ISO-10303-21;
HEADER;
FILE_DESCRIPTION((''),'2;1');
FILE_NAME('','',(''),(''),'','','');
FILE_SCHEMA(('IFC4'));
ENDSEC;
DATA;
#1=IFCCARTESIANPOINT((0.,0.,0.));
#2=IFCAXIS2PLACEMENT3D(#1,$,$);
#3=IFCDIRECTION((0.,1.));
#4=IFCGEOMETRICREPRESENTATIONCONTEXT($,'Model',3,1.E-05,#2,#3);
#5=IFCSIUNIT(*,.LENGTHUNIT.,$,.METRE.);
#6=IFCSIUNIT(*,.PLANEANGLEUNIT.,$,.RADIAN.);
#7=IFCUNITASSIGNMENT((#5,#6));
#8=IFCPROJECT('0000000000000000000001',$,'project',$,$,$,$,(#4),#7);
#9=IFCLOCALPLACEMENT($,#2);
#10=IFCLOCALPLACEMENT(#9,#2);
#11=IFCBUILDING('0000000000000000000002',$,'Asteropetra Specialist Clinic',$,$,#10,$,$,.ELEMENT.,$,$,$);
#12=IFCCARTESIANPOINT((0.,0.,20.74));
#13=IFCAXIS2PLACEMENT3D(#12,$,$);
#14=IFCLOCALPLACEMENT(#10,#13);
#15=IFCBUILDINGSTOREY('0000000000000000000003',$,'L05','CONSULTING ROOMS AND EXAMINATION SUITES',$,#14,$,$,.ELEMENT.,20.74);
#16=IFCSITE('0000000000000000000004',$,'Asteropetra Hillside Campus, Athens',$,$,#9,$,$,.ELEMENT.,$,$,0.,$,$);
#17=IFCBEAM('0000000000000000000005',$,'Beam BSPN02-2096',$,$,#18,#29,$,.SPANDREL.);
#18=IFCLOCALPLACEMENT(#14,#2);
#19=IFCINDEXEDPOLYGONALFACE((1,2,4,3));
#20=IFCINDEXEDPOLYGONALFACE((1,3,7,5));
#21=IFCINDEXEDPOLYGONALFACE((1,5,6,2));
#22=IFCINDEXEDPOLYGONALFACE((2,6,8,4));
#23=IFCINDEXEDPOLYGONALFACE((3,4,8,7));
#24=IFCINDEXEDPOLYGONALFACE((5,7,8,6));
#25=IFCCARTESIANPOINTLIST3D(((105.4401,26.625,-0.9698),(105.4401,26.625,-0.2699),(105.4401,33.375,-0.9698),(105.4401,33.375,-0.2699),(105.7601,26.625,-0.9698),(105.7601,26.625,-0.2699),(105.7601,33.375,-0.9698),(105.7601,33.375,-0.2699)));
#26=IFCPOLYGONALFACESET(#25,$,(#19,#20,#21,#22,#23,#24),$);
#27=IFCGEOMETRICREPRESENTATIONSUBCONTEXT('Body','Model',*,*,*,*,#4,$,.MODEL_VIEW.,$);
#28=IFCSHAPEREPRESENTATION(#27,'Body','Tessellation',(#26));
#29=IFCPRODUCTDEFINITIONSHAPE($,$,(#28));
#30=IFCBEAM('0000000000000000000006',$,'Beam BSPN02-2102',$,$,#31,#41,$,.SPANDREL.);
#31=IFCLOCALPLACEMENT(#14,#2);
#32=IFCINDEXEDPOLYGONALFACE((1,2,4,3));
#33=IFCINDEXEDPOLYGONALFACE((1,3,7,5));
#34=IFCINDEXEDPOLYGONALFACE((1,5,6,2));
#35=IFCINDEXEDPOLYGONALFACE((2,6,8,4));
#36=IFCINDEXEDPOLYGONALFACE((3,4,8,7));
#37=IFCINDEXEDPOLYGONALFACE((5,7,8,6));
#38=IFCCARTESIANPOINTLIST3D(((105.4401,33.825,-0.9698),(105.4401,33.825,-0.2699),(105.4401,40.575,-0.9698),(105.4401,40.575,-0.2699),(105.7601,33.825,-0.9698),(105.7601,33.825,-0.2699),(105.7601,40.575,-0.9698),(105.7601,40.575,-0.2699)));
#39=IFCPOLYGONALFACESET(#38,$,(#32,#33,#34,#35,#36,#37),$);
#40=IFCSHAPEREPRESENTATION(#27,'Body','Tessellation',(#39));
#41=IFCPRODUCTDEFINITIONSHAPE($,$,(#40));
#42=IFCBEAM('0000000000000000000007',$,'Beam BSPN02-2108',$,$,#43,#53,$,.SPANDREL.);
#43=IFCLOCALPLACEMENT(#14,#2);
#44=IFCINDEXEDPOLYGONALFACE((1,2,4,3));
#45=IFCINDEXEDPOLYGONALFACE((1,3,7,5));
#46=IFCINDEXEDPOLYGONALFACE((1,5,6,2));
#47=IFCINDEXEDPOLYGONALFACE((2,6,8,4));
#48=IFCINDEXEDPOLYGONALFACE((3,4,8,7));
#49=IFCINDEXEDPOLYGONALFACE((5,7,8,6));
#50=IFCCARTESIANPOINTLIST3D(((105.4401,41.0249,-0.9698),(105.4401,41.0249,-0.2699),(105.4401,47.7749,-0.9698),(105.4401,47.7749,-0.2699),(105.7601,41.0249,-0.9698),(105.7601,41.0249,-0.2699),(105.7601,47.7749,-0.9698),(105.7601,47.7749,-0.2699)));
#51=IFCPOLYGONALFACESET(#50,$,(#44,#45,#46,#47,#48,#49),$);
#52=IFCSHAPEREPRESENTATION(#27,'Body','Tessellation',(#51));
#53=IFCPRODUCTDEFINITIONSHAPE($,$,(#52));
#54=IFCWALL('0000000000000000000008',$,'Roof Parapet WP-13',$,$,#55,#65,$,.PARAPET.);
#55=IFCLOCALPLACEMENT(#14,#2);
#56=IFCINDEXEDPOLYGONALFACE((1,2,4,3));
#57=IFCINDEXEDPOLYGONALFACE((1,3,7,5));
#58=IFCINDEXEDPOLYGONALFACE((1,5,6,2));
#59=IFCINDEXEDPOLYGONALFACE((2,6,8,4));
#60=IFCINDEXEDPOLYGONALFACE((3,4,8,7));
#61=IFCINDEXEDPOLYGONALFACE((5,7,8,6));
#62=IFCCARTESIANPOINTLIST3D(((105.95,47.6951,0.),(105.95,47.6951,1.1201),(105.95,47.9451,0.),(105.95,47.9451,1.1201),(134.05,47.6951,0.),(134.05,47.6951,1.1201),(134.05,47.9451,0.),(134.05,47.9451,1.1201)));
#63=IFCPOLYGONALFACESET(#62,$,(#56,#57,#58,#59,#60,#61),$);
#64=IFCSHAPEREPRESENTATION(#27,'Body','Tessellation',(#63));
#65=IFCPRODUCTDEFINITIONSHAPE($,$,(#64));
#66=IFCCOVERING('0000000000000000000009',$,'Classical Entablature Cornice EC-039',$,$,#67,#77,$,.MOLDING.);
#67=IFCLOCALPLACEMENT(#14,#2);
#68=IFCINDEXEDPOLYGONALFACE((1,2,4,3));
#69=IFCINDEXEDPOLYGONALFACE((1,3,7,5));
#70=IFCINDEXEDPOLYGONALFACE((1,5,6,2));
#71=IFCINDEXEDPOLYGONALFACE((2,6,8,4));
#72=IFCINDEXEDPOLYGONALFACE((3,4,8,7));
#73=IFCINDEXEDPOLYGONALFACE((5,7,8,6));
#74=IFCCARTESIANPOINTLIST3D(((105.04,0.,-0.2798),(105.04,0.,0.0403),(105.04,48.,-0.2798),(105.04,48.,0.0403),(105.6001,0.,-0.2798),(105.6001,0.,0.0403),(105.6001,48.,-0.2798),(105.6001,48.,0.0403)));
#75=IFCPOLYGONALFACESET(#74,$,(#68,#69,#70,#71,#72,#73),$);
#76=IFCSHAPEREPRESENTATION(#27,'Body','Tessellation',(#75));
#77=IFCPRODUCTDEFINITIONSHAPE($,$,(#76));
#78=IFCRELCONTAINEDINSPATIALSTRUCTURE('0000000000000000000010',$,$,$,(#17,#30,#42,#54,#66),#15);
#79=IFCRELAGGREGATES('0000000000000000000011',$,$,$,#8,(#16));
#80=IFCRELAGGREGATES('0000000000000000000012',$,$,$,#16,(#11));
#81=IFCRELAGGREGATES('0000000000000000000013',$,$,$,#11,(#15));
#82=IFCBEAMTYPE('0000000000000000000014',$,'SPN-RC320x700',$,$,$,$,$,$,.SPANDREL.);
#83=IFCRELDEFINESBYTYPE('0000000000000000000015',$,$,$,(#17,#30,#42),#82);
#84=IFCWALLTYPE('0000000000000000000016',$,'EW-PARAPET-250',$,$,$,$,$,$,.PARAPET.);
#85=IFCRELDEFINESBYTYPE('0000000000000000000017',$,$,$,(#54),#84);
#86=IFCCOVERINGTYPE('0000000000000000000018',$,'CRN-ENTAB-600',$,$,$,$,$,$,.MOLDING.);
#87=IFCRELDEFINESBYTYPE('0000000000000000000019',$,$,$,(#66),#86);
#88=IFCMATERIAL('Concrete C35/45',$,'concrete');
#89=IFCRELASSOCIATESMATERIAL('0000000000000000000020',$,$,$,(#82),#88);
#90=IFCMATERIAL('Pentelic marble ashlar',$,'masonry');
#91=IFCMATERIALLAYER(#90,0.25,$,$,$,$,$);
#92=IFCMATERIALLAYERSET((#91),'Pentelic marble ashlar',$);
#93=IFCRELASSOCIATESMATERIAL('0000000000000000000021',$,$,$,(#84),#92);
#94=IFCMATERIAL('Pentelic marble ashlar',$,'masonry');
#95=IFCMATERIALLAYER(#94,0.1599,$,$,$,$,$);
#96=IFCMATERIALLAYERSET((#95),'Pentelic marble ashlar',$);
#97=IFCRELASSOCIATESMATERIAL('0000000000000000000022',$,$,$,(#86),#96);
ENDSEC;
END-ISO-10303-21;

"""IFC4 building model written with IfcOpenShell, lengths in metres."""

from ifc_helpers import new_model, si_unit, direction, frame, frame_2d, origin, origin_2d, place, context, subcontext, project, spatial, rectangle, extrude, material, layer, layer_set, material_profile, profile_set, type_object, element, save


model = new_model("IFC4")

# Units and contexts
model_context = context("Model", 3, precision=1e-05, world=origin(), true_north=direction((0.0, 1.0)))
body_context = subcontext(model_context, "Body", "Model", "MODEL_VIEW")
ifc_project = project(units=[si_unit("LENGTHUNIT", "METRE"), si_unit("PLANEANGLEUNIT", "RADIAN")], contexts=[model_context])

# Site, building, storey
site_placement = place(None, origin())
site = spatial("IfcSite", under=ifc_project, at=site_placement, Name="Asteropetra Hillside Campus, Athens", CompositionType="ELEMENT", RefElevation=0.0)
building_placement = place(site_placement, origin())
building = spatial("IfcBuilding", under=site, at=building_placement, Name="Asteropetra Specialist Clinic", CompositionType="ELEMENT")
storey_placement = place(building_placement, frame((0.0, 0.0, 20.74)))
storey = spatial("IfcBuildingStorey", under=building, at=storey_placement, Name="L05", Description="CONSULTING ROOMS AND EXAMINATION SUITES", CompositionType="ELEMENT", Elevation=20.74)

# Beams
ifc_material_1 = material(Name="Concrete C35/45", Category="concrete")
ifc_material_profile_1 = material_profile(ifc_material_1, rectangle(XDim=0.3201, YDim=0.7, at=origin_2d()), Name="RCS 320x700")
ifc_profile_set_1 = profile_set([ifc_material_profile_1], Name="Concrete C35/45")
beam_type_1 = type_object("IfcBeamType", Name="SPN-RC320x700", PredefinedType="SPANDREL", material=ifc_profile_set_1)
for number, where, z_axis, x_axis, name in (
    (1, (105.6001, 26.625, -0.6199), (0.0, 1.0, 0.0), (-1.0, 0.0, 0.0), "Beam BSPN02-2096"),
    (2, (105.6001, 33.825, -0.6199), (0.0, 1.0, 0.0), (-1.0, 0.0, 0.0), "Beam BSPN02-2102"),
    (3, (105.6001, 41.0249, -0.6199), (0.0, 1.0, 0.0), (-1.0, 0.0, 0.0), "Beam BSPN02-2108"),
):
    element("IfcBeam", number, at=place(storey_placement, frame(where, z_axis=z_axis, x_axis=x_axis)), inside=storey, type_object=beam_type_1, Name=name, PredefinedType="SPANDREL", context=body_context, shape_type="SweptSolid", body=[
        extrude(rectangle(XDim=0.3201, YDim=0.7, at=origin_2d()), origin(), (0.0, 0.0, 1.0), 6.75),
    ])

# Wall
ifc_material_2 = material(Name="Pentelic marble ashlar", Category="masonry")
ifc_layer_1 = layer(ifc_material_2, 0.25)
ifc_layer_set_1 = layer_set([ifc_layer_1], Name="Pentelic marble ashlar")
wall_type = type_object("IfcWallType", Name="EW-PARAPET-250", PredefinedType="PARAPET", material=ifc_layer_set_1)
wall_placement = place(storey_placement, frame((105.95, 47.8201, 0.0), z_axis=(0.0, 0.0, 1.0), x_axis=(1.0, 0.0, 0.0)))
element("IfcWall", 4, at=wall_placement, inside=storey, type_object=wall_type, Name="Roof Parapet WP-13", PredefinedType="PARAPET", context=body_context, shape_type="SweptSolid", body=[
    extrude(rectangle(XDim=28.1001, YDim=0.25, at=frame_2d((14.05, 0.0))), origin(), (0.0, 0.0, 1.0), 1.1201),
])

# Covering
ifc_material_3 = material(Name="Pentelic marble ashlar", Category="masonry")
ifc_layer_2 = layer(ifc_material_3, 0.1599)
ifc_layer_set_2 = layer_set([ifc_layer_2], Name="Pentelic marble ashlar")
covering_type = type_object("IfcCoveringType", Name="CRN-ENTAB-600", PredefinedType="MOLDING", material=ifc_layer_set_2)
covering_placement = place(storey_placement, frame((105.3201, 24.0, -0.2798), z_axis=(0.0, 0.0, 1.0), x_axis=(1.0, 0.0, 0.0)))
element("IfcCovering", 5, at=covering_placement, inside=storey, type_object=covering_type, Name="Classical Entablature Cornice EC-039", PredefinedType="MOLDING", context=body_context, shape_type="SweptSolid", body=[
    extrude(rectangle(XDim=0.5601, YDim=48.0, at=origin_2d()), origin(), (0.0, 0.0, 1.0), 0.3201),
])

save(model, "model.ifc")
